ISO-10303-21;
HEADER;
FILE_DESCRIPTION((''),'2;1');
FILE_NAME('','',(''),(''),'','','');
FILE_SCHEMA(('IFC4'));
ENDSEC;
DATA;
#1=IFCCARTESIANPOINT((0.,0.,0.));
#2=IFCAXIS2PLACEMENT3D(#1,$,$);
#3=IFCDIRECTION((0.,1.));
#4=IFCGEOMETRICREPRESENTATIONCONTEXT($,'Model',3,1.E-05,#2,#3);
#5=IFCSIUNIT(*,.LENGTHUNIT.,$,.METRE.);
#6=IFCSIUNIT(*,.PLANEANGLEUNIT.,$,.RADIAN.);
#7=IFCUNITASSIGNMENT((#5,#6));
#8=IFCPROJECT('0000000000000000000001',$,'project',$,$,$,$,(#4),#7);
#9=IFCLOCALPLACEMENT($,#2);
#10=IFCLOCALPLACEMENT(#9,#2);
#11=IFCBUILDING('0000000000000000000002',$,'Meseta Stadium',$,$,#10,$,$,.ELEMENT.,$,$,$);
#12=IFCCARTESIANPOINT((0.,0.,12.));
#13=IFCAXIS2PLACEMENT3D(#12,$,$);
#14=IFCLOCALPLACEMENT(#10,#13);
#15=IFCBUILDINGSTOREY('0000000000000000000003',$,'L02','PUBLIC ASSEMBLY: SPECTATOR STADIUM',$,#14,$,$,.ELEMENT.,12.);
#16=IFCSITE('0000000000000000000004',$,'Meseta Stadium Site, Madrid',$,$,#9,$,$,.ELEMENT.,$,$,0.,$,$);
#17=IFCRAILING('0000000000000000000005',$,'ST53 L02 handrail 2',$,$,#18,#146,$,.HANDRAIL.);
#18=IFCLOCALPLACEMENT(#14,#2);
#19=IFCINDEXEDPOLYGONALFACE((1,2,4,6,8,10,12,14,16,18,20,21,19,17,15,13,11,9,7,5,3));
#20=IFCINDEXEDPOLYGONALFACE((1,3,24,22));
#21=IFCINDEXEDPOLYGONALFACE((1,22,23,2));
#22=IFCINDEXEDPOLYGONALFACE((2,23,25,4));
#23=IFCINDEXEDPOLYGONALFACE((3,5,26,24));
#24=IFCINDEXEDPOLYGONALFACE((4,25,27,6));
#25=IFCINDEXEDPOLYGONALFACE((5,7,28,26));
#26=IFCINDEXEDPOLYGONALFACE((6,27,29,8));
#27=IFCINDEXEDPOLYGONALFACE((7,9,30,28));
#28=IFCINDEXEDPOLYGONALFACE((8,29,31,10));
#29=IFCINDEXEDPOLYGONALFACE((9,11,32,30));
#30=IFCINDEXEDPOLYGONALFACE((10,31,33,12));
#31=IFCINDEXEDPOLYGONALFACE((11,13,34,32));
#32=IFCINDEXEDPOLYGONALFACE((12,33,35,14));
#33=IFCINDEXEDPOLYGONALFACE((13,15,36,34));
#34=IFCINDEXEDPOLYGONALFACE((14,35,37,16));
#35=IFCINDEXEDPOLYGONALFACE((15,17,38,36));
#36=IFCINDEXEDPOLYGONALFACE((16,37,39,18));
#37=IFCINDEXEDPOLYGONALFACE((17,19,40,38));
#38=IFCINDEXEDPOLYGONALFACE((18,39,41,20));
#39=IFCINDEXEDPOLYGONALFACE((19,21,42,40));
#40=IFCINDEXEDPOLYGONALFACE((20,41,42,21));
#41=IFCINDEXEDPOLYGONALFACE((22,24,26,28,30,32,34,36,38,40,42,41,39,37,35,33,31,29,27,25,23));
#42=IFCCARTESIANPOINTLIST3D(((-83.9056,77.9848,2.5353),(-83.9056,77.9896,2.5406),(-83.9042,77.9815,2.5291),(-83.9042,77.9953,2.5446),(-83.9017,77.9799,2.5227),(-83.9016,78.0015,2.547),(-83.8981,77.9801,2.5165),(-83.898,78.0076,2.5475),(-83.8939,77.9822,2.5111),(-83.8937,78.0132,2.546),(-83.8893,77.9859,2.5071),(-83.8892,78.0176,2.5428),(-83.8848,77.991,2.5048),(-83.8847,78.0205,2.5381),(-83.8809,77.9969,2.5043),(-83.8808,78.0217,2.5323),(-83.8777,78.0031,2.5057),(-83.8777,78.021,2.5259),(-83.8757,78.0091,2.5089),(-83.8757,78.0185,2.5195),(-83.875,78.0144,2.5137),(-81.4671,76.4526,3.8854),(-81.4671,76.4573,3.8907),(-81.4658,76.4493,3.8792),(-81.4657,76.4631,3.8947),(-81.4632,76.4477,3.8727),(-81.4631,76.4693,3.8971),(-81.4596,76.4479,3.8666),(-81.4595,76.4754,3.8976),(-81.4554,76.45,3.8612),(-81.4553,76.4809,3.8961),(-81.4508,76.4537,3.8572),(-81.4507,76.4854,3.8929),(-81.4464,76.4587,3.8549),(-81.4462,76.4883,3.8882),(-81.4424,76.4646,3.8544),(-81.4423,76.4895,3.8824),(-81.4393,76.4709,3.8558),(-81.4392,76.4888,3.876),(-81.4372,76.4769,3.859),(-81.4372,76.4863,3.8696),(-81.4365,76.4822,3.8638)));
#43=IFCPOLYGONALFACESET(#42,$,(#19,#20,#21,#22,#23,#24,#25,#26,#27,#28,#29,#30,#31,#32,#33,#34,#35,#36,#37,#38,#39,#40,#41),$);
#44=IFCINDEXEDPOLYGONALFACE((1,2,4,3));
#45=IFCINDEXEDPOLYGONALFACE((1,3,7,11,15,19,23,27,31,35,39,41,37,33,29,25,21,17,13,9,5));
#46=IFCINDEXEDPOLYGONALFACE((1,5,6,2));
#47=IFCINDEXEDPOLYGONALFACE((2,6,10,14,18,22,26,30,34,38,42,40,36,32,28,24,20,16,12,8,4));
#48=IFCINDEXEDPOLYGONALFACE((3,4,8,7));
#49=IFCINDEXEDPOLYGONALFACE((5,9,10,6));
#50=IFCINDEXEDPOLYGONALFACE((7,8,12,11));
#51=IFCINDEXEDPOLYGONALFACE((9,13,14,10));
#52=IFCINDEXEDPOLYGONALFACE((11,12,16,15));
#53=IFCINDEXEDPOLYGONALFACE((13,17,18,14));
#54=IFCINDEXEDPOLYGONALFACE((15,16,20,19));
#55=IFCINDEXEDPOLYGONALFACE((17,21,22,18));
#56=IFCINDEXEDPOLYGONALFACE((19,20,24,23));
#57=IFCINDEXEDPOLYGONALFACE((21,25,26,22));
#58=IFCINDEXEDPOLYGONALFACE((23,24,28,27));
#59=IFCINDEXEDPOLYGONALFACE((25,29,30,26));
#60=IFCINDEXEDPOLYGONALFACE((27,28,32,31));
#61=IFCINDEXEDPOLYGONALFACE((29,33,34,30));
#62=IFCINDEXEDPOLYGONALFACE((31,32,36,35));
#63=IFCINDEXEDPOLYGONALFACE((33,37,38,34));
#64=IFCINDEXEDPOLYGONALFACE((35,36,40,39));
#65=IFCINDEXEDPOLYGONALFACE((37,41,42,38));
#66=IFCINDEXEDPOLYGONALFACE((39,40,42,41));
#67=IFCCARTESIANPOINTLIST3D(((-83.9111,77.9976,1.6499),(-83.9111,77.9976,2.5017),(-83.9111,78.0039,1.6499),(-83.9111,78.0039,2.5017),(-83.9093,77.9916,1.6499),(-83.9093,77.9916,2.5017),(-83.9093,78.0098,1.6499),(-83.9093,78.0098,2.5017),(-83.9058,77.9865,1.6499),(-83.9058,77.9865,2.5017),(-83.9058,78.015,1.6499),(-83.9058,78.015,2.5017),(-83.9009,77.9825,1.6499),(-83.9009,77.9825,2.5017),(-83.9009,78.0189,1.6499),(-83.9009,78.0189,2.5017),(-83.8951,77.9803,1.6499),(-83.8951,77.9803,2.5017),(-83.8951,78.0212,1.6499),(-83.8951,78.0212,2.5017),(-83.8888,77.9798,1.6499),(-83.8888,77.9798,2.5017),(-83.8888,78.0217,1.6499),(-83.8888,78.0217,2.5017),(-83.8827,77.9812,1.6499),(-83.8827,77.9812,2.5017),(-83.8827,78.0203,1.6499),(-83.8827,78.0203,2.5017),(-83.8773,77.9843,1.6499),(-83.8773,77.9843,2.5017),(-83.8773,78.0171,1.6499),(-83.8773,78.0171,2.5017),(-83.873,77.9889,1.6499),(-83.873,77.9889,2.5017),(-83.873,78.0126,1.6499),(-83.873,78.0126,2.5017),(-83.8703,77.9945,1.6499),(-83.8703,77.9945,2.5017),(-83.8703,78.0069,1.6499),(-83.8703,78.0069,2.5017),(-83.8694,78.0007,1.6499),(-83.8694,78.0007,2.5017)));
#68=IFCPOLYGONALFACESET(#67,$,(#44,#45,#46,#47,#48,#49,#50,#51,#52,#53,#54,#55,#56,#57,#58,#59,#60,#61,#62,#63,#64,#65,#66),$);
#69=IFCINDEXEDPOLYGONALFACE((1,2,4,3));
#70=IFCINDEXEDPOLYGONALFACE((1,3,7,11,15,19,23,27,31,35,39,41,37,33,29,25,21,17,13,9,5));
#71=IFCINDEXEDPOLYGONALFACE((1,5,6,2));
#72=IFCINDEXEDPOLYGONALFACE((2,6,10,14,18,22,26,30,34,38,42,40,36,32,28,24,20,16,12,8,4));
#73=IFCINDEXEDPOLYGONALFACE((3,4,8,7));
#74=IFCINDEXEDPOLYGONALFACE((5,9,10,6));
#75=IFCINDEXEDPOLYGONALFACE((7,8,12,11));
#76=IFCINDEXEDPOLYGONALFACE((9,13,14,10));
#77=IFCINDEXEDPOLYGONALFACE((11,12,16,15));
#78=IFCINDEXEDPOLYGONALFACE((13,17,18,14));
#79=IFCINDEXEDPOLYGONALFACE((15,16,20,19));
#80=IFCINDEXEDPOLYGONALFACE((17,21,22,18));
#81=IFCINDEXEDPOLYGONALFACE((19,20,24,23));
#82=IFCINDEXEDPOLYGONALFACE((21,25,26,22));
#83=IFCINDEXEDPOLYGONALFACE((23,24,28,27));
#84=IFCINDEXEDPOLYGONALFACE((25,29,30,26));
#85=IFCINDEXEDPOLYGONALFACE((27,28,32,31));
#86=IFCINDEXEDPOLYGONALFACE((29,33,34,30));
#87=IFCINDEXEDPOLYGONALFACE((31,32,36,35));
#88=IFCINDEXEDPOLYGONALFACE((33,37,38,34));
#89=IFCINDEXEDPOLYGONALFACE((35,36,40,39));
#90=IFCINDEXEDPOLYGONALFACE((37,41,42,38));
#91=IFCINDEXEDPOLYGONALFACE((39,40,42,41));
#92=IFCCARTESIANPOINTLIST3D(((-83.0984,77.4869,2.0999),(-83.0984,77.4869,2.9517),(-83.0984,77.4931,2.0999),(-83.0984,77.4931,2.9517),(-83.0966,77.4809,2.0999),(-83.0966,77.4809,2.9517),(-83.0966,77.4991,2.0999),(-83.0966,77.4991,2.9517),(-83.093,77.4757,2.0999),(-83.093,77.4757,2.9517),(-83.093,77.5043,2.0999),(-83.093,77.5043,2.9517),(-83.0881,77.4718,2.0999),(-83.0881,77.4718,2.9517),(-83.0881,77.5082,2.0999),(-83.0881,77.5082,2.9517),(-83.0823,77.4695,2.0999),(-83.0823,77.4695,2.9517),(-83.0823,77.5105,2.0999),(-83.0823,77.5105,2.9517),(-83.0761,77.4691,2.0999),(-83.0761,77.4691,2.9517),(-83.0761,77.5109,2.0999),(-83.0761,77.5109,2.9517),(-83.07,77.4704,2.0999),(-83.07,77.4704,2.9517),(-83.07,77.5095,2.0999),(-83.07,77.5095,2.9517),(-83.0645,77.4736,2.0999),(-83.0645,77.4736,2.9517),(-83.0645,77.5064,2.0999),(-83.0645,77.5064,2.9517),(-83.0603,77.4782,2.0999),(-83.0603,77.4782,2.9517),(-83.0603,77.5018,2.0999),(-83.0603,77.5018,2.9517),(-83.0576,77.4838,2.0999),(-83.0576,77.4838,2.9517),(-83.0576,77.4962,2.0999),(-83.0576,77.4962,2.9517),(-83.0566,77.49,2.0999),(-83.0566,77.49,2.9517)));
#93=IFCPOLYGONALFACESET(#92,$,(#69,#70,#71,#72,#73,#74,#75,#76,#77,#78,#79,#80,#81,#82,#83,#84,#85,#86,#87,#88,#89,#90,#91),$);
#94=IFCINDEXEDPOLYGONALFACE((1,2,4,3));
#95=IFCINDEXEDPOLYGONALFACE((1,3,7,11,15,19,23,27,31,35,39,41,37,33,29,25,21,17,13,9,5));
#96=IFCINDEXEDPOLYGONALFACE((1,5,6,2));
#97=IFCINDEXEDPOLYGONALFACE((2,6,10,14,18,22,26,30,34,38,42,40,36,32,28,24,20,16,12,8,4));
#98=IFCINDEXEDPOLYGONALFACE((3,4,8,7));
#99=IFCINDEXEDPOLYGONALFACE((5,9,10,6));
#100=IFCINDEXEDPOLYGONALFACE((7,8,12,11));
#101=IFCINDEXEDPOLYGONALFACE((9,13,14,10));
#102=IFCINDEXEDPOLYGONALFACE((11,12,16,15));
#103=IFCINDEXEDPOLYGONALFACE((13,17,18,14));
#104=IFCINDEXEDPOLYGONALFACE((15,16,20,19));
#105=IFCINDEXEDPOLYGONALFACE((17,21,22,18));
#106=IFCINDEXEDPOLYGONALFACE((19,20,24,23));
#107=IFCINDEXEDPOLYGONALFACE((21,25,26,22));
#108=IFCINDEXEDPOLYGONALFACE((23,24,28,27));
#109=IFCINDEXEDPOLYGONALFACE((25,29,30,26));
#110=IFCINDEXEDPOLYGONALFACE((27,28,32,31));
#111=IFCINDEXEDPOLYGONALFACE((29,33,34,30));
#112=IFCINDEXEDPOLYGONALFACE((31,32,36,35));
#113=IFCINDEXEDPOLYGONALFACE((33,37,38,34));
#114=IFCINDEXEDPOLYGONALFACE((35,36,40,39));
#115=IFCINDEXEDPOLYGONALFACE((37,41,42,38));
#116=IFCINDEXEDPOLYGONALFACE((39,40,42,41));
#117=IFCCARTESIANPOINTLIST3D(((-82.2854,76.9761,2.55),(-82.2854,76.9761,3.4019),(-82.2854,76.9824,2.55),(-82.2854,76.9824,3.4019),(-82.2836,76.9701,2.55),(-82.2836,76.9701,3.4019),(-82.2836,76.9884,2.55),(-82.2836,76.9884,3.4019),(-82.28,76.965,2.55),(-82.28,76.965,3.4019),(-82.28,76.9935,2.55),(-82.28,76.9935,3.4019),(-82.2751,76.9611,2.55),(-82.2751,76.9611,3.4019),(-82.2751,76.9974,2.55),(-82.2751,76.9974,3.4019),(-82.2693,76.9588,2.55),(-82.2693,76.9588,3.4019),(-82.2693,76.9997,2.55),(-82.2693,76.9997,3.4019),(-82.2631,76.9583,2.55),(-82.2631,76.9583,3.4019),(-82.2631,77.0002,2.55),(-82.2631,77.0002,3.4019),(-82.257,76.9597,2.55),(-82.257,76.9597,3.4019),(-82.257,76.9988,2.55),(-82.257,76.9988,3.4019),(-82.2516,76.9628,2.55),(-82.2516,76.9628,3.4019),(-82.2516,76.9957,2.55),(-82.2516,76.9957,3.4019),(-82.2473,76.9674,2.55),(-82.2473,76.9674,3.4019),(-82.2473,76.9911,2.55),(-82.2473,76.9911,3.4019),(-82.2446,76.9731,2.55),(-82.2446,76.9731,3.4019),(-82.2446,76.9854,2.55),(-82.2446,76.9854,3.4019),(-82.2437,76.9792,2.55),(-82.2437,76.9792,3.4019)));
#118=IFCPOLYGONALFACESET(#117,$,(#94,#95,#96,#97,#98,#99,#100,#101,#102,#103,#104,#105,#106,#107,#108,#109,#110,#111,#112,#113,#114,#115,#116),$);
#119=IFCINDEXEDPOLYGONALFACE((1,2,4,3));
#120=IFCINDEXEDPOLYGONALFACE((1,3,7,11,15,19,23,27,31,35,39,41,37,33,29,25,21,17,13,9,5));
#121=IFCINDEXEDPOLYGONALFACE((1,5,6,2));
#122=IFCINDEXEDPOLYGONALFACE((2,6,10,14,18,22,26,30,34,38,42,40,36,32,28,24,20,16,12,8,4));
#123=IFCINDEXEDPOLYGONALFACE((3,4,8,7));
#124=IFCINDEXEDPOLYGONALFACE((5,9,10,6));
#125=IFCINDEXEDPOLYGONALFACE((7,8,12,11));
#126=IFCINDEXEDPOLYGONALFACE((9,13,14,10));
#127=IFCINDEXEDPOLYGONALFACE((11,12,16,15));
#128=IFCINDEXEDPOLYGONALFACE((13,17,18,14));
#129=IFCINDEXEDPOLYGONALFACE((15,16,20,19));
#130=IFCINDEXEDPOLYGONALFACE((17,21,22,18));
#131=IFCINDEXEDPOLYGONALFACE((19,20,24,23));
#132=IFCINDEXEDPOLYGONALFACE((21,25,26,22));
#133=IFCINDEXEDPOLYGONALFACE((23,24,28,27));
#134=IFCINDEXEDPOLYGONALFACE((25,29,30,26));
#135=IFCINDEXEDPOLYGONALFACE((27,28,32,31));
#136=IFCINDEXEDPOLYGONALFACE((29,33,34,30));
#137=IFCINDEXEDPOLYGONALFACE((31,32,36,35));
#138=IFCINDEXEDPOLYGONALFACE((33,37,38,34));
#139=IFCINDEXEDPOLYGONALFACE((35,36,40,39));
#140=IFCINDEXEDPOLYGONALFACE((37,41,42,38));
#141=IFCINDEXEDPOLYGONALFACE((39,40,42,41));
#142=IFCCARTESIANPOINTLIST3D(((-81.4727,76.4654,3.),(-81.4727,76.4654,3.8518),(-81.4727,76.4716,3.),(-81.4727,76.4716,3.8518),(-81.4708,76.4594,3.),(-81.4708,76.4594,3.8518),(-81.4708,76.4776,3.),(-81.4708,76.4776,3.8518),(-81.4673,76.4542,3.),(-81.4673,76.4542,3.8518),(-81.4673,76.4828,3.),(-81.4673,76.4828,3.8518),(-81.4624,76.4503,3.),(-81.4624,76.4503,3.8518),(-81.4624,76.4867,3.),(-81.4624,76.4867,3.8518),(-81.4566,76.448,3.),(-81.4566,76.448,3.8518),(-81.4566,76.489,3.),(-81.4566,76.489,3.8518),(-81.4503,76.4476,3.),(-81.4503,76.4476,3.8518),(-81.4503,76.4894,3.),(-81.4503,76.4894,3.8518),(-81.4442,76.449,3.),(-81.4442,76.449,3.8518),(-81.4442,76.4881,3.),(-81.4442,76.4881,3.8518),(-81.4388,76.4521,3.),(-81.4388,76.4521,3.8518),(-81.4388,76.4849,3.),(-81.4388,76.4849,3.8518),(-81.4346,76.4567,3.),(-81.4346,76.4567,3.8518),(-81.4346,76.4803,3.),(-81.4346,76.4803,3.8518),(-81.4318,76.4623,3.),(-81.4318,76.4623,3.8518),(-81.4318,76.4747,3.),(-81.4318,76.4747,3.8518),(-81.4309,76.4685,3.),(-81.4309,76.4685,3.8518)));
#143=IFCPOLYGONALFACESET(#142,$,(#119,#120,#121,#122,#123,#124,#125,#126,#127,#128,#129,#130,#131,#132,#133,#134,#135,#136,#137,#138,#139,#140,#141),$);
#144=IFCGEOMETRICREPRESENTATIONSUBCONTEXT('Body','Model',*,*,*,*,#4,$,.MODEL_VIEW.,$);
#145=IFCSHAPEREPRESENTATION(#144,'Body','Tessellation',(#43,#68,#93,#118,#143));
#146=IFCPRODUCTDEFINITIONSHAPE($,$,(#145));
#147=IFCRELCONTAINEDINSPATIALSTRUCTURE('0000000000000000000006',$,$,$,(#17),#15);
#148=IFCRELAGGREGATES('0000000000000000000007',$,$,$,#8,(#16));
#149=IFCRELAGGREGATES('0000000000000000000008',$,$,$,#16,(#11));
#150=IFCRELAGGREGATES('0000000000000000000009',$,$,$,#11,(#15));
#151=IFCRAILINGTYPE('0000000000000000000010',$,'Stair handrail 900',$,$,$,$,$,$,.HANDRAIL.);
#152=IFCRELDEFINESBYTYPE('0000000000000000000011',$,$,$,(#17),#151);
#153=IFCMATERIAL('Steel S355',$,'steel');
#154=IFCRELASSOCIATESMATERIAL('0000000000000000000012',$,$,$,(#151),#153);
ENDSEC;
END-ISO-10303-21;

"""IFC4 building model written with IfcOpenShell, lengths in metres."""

from ifc_helpers import new_model, si_unit, direction, frame, origin, origin_2d, place, context, subcontext, project, spatial, circle, extrude, material, type_object, element, save


model = new_model("IFC4")

# Units and contexts
model_context = context("Model", 3, precision=1e-05, world=origin(), true_north=direction((0.0, 1.0)))
body_context = subcontext(model_context, "Body", "Model", "MODEL_VIEW")
ifc_project = project(units=[si_unit("LENGTHUNIT", "METRE"), si_unit("PLANEANGLEUNIT", "RADIAN")], contexts=[model_context])

# Site, building, storey
site_placement = place(None, origin())
site = spatial("IfcSite", under=ifc_project, at=site_placement, Name="Meseta Stadium Site, Madrid", CompositionType="ELEMENT", RefElevation=0.0)
building_placement = place(site_placement, origin())
building = spatial("IfcBuilding", under=site, at=building_placement, Name="Meseta Stadium", CompositionType="ELEMENT")
storey_placement = place(building_placement, frame((0.0, 0.0, 12.0)))
storey = spatial("IfcBuildingStorey", under=building, at=storey_placement, Name="L02", Description="PUBLIC ASSEMBLY: SPECTATOR STADIUM", CompositionType="ELEMENT", Elevation=12.0)

# Railing
ifc_material_1 = material(Name="Steel S355", Category="steel")
railing_type_1 = type_object("IfcRailingType", Name="Stair handrail 900", PredefinedType="HANDRAIL", material=ifc_material_1)
for number, where, name in (
    (1, (-83.8904, 78.0007, 1.6499), "ST53 L02 handrail 2"),
):
    element("IfcRailing", number, at=place(storey_placement, frame(where)), inside=storey, type_object=railing_type_1, Name=name, PredefinedType="HANDRAIL", context=body_context, shape_type="SweptSolid", body=[
        extrude(circle(Radius=0.0239, at=origin_2d()), frame((0.0, 0.0, 0.876), z_axis=(0.766655, -0.481731, 0.42447), x_axis=(0.53204, 0.846719, 0.0)), (0.0, 0.0, 1.0), 3.1807),
        extrude(circle(Radius=0.021, at=origin_2d()), origin(), (0.0, 0.0, 1.0), 0.8518),
        extrude(circle(Radius=0.021, at=origin_2d()), frame((0.8127, -0.5107, 0.45)), (0.0, 0.0, 1.0), 0.8518),
        extrude(circle(Radius=0.021, at=origin_2d()), frame((1.6257, -1.0215, 0.9001)), (0.0, 0.0, 1.0), 0.8518),
        extrude(circle(Radius=0.021, at=origin_2d()), frame((2.4385, -1.5322, 1.3501)), (0.0, 0.0, 1.0), 0.8518),
    ])

save(model, "model.ifc")
